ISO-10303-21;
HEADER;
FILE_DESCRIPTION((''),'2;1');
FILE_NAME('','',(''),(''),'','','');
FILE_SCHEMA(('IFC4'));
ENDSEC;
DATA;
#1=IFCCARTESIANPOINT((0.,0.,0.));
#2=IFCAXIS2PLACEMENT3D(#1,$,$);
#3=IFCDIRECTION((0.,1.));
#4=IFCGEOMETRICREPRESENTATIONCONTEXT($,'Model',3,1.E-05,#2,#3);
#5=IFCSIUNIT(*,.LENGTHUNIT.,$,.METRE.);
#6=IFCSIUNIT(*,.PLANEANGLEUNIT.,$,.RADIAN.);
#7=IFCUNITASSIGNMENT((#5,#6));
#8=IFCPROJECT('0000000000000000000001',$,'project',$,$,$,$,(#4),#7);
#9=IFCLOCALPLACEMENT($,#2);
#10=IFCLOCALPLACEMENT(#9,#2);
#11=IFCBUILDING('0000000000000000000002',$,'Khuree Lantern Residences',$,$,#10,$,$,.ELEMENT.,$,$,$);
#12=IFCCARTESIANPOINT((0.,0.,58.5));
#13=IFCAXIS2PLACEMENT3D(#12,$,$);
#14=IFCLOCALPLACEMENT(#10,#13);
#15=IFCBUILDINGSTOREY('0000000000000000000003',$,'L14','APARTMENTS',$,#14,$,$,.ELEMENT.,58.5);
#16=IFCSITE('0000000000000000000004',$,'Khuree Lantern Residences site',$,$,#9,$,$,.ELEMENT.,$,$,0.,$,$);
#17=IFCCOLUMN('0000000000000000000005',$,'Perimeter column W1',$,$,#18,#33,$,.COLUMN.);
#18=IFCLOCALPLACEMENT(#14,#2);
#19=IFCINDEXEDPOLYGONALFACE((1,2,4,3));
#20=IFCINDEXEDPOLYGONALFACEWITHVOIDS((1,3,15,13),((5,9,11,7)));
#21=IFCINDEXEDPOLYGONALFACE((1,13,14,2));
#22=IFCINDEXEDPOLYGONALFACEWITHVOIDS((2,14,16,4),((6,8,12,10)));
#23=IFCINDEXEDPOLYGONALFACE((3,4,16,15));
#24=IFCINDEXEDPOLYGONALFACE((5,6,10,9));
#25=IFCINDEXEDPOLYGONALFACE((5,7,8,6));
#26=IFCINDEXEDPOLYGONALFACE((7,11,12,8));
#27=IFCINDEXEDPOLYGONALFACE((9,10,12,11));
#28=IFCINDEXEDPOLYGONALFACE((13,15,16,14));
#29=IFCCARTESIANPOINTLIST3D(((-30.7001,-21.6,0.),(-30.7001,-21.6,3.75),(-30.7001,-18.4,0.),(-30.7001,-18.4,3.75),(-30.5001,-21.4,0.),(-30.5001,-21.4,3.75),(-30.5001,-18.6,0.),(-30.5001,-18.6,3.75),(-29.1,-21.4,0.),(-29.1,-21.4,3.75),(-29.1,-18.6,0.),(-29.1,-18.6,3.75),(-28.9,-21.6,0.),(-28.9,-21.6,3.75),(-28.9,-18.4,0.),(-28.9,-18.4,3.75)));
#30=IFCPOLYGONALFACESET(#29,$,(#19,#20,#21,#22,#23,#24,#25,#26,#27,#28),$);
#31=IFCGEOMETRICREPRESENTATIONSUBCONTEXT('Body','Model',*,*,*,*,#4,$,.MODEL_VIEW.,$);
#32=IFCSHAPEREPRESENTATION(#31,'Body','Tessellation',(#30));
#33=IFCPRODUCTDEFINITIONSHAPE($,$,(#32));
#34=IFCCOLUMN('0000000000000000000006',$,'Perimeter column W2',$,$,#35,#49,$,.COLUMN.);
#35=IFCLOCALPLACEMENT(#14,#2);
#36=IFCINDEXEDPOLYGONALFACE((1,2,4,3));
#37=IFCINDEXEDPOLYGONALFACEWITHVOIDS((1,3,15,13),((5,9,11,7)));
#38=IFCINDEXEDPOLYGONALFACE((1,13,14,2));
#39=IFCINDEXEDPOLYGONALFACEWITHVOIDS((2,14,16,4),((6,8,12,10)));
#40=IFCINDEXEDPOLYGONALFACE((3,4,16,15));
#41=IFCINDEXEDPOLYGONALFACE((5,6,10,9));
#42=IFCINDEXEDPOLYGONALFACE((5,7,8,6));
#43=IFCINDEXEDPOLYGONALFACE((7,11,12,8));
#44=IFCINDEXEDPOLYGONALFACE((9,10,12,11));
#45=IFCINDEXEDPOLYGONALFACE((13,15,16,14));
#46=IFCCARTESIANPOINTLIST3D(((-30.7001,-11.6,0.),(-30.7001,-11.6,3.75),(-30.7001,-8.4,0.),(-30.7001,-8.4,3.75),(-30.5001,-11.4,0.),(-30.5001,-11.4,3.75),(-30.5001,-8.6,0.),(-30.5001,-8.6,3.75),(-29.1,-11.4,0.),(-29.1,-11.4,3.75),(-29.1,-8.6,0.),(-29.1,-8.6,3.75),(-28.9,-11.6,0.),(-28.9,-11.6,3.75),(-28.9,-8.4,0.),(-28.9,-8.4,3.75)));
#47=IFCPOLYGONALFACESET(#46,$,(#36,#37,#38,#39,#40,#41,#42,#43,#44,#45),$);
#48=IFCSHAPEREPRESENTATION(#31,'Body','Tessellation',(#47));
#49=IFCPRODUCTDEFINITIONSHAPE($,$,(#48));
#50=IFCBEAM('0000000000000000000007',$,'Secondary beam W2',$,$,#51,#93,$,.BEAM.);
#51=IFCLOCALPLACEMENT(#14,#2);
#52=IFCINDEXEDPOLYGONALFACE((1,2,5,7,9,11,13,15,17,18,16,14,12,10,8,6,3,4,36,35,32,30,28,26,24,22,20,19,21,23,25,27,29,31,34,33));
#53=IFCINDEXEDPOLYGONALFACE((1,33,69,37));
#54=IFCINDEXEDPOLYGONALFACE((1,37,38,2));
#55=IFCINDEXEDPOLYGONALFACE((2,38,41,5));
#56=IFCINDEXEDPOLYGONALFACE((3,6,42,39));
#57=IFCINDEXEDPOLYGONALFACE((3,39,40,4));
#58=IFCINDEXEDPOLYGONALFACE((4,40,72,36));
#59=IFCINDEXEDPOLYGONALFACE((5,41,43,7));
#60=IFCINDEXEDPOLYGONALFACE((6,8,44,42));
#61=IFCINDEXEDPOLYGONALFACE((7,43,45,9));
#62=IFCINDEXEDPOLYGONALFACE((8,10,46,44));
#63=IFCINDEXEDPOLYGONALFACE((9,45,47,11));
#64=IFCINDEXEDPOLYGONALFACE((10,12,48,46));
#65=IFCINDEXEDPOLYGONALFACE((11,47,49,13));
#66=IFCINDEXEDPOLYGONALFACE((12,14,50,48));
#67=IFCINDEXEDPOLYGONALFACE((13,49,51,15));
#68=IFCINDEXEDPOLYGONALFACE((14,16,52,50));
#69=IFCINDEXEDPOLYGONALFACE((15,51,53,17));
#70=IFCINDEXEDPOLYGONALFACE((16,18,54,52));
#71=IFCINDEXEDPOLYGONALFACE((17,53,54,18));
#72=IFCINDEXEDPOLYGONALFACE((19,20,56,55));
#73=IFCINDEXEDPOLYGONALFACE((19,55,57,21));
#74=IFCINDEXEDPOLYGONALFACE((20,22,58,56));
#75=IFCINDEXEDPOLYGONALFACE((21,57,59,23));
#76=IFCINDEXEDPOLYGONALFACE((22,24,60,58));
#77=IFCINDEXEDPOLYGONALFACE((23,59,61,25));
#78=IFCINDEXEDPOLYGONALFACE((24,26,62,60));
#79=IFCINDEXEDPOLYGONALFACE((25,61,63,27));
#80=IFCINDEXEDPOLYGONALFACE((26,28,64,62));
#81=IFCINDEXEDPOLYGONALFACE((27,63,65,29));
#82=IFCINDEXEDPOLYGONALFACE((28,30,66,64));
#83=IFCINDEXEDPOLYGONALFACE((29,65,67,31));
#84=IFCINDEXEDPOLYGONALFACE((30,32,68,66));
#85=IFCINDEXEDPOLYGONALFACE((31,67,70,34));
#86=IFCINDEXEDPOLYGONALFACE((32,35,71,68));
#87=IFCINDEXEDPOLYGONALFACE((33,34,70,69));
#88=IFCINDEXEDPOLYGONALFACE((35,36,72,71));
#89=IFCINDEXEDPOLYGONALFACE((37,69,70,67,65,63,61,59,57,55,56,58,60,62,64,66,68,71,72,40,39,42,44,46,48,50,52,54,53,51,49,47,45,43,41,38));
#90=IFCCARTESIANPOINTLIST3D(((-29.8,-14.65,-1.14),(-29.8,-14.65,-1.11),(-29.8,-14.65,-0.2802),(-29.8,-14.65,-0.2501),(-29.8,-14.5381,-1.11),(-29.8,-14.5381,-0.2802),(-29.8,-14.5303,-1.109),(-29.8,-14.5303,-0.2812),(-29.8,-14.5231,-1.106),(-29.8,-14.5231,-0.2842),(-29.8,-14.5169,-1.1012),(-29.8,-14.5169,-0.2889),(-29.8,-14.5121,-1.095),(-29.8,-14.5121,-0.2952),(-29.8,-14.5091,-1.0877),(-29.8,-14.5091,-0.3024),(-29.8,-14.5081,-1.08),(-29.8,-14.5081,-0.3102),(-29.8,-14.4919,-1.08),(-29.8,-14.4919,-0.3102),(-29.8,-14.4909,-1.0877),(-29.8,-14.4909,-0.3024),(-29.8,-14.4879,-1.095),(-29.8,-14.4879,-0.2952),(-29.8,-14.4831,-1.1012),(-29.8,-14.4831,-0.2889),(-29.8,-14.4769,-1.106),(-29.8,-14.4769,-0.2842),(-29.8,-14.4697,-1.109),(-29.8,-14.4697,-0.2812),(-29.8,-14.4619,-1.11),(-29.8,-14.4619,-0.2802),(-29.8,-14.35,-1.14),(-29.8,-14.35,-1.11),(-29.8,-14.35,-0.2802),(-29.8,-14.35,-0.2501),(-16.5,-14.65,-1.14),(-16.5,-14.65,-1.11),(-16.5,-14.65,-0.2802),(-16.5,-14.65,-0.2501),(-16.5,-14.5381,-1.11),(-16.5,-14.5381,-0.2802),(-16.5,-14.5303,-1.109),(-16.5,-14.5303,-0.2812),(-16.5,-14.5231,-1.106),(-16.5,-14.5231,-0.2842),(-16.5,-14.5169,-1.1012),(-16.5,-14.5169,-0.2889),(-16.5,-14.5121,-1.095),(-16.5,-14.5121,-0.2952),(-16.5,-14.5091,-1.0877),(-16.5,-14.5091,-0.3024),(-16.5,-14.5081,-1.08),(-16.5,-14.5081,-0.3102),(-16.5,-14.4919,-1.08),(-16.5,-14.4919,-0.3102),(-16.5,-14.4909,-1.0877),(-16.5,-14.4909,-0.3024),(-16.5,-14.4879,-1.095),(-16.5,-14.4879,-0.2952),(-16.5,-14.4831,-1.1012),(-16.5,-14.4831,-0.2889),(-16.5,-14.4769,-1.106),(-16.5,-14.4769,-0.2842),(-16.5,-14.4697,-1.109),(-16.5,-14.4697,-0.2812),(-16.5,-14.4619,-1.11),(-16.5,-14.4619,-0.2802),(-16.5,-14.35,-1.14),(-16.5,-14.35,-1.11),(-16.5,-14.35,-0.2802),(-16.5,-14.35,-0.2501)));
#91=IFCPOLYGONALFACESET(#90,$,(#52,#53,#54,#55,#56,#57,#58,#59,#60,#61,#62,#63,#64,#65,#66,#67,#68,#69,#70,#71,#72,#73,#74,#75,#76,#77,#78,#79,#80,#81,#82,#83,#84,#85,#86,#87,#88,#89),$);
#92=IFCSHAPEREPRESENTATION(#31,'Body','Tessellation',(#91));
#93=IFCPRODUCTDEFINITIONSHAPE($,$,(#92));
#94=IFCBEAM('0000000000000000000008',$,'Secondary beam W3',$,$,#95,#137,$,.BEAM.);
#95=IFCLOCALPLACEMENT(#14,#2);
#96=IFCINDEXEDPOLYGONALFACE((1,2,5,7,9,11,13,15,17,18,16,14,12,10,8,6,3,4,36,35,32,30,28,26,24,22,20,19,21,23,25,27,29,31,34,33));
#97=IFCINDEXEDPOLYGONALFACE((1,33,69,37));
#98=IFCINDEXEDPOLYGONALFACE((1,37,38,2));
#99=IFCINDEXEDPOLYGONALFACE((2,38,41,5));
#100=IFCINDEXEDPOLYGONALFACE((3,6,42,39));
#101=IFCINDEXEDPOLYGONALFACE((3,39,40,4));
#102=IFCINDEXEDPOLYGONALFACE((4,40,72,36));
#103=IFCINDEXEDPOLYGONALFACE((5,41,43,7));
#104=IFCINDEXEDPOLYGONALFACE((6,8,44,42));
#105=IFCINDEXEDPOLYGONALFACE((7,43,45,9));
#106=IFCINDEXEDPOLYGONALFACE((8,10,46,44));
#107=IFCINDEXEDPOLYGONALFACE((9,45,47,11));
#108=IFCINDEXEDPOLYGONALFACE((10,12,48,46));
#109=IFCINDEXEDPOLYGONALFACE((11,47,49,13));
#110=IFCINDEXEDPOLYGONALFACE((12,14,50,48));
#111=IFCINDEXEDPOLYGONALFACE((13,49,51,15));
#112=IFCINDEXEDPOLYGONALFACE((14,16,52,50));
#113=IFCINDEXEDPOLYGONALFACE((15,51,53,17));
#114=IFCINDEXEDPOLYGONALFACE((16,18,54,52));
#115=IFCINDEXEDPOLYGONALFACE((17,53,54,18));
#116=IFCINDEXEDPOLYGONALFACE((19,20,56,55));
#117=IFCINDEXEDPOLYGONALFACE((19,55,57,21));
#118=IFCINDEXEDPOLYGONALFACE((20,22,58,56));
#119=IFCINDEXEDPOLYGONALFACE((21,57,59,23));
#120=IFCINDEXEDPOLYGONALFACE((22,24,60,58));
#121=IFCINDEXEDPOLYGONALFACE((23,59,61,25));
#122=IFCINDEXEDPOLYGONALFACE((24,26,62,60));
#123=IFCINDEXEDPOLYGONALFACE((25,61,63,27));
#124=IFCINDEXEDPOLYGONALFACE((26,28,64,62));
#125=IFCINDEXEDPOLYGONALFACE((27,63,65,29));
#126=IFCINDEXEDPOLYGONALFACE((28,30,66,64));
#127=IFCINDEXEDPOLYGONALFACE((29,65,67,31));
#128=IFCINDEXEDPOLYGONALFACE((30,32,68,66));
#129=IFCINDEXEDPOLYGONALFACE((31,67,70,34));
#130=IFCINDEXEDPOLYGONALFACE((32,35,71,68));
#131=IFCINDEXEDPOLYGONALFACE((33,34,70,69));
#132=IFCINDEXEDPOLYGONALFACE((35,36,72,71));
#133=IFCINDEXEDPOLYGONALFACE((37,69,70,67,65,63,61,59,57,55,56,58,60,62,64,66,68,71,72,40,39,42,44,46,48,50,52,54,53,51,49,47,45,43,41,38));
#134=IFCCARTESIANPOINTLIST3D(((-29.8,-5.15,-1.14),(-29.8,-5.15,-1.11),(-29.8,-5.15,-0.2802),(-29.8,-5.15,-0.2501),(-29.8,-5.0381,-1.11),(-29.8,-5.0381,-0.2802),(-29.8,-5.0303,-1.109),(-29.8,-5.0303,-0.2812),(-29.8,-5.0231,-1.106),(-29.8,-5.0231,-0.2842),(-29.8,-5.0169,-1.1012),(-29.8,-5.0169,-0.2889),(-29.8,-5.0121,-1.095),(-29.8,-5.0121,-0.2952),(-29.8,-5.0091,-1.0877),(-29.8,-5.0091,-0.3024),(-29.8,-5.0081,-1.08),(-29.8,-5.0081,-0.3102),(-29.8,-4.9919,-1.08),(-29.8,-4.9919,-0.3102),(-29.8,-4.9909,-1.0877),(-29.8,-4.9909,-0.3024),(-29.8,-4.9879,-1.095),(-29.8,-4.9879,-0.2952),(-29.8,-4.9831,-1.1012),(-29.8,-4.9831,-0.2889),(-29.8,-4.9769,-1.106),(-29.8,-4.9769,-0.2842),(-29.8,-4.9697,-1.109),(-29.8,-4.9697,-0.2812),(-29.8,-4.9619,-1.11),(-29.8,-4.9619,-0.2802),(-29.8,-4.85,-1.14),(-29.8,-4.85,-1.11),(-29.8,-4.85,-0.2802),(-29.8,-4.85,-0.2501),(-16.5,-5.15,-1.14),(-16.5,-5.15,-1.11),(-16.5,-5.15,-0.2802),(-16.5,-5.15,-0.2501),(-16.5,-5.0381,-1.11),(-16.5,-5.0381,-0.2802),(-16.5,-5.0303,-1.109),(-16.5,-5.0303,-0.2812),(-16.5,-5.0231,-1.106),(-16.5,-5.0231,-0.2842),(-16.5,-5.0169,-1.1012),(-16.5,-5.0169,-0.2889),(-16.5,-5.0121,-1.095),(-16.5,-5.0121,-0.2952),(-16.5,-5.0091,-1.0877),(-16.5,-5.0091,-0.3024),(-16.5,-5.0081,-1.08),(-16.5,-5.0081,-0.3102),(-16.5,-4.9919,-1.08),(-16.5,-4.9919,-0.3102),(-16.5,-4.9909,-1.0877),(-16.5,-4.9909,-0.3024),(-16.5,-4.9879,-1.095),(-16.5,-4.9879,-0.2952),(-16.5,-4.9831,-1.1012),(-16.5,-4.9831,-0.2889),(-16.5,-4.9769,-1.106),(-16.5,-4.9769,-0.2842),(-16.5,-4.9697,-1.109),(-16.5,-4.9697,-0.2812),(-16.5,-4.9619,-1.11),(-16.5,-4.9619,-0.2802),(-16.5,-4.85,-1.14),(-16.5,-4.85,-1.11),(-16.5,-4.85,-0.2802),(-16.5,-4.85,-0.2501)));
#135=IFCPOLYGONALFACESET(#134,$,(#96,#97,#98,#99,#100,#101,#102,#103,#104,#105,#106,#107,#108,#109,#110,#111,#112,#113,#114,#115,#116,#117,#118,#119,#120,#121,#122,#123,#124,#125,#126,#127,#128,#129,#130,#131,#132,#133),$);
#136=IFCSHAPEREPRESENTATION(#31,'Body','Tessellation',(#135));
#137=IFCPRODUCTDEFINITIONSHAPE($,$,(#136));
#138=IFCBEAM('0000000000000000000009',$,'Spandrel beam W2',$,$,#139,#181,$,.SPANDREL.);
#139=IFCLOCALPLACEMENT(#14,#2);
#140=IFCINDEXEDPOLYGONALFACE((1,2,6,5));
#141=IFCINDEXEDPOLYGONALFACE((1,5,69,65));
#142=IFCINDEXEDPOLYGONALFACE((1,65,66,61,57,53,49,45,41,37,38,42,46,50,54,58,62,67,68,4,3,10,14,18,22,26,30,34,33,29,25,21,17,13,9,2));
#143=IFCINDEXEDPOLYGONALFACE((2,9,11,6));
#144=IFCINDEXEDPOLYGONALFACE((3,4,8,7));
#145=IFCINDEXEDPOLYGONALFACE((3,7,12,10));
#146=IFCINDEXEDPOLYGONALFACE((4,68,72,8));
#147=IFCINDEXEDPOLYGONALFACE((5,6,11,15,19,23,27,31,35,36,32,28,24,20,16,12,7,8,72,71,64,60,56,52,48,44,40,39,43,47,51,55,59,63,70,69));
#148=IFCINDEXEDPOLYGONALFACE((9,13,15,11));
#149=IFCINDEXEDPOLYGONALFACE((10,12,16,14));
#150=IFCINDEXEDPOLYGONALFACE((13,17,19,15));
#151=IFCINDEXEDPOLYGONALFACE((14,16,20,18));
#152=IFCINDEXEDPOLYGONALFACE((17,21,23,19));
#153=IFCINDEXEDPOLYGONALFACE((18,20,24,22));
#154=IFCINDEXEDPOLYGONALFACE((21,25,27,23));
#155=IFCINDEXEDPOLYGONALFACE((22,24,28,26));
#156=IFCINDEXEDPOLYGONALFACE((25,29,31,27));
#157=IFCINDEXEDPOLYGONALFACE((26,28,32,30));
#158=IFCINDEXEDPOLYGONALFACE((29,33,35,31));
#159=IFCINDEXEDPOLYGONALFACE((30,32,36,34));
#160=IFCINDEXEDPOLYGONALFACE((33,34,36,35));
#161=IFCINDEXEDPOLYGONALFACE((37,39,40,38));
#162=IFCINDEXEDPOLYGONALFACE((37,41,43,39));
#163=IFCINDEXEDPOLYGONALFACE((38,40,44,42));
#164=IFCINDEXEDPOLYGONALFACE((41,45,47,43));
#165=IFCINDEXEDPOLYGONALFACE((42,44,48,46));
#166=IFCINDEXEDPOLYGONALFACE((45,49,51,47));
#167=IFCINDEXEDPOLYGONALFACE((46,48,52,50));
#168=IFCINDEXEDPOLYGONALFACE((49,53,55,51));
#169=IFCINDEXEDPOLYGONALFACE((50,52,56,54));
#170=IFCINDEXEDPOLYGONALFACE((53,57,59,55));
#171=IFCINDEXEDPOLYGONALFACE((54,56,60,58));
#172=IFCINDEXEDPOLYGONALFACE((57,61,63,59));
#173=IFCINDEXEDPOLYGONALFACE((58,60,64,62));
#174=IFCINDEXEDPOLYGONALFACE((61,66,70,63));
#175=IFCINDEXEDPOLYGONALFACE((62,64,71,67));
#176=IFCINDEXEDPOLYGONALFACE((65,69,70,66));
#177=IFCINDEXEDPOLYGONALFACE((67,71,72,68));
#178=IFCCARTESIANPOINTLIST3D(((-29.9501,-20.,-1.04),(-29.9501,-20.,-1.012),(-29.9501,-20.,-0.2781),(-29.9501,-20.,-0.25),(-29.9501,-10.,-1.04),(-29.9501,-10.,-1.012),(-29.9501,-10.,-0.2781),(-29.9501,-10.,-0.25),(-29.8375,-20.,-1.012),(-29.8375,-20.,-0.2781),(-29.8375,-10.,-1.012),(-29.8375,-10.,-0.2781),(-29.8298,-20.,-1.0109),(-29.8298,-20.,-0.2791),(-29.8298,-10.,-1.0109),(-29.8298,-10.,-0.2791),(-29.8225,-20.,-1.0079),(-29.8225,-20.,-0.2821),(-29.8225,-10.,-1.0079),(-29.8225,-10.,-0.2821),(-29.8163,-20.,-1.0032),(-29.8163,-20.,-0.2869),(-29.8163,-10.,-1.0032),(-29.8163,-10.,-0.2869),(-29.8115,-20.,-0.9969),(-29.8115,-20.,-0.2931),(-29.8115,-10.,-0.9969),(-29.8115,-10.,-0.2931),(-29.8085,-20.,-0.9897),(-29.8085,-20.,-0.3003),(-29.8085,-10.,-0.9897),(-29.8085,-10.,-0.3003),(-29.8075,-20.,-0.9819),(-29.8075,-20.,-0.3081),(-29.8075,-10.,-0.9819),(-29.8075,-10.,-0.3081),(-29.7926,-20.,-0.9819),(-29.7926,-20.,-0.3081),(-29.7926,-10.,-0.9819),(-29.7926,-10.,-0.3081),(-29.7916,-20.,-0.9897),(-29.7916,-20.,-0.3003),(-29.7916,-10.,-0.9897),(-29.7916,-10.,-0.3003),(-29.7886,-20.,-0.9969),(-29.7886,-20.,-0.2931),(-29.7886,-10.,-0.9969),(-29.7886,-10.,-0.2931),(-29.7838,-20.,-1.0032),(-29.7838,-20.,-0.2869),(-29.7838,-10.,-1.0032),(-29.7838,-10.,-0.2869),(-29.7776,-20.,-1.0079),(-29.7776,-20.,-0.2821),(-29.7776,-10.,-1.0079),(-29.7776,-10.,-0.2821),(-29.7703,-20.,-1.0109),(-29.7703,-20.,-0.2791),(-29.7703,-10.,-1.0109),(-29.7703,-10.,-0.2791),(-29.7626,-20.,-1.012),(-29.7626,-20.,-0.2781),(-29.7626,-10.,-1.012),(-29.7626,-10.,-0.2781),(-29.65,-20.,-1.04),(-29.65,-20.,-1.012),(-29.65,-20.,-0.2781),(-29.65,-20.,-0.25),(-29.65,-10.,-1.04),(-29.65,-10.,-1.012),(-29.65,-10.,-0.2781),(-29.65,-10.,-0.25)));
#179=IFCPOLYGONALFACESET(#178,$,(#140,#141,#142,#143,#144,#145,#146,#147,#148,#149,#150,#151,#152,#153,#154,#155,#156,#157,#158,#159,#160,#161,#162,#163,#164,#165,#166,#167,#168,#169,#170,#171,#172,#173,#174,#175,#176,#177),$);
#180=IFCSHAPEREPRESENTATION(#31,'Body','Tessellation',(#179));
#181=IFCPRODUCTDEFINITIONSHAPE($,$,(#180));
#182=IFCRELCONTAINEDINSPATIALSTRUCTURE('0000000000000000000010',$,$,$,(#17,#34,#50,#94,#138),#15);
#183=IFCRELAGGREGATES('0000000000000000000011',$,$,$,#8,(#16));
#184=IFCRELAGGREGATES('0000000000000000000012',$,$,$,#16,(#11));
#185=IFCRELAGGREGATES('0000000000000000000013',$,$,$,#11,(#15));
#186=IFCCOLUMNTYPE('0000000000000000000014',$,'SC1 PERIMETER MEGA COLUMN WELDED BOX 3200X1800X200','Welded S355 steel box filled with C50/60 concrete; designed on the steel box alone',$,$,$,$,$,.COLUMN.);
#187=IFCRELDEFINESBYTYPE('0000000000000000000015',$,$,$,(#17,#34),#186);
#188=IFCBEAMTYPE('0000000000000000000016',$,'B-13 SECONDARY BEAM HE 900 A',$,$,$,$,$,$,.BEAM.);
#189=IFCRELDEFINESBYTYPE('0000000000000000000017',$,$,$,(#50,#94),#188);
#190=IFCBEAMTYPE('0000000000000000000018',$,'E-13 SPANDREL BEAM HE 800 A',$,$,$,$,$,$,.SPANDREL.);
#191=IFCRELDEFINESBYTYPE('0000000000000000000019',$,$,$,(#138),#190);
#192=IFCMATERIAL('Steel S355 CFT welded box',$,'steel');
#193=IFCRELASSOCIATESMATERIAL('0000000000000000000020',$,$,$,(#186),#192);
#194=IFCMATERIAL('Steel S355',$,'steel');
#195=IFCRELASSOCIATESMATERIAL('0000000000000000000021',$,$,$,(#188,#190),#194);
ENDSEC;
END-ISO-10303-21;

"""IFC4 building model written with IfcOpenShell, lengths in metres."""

from ifc_helpers import new_model, si_unit, direction, frame, origin, origin_2d, place, context, subcontext, project, spatial, hollow_rectangle, i_section, extrude, material, material_profile, profile_set, type_object, element, save


model = new_model("IFC4")

# Units and contexts
model_context = context("Model", 3, precision=1e-05, world=origin(), true_north=direction((0.0, 1.0)))
body_context = subcontext(model_context, "Body", "Model", "MODEL_VIEW")
ifc_project = project(units=[si_unit("LENGTHUNIT", "METRE"), si_unit("PLANEANGLEUNIT", "RADIAN")], contexts=[model_context])

# Site, building, storey
site_placement = place(None, origin())
site = spatial("IfcSite", under=ifc_project, at=site_placement, Name="Khuree Lantern Residences site", CompositionType="ELEMENT", RefElevation=0.0)
building_placement = place(site_placement, origin())
building = spatial("IfcBuilding", under=site, at=building_placement, Name="Khuree Lantern Residences", CompositionType="ELEMENT")
storey_placement = place(building_placement, frame((0.0, 0.0, 58.5)))
storey = spatial("IfcBuildingStorey", under=building, at=storey_placement, Name="L14", Description="APARTMENTS", CompositionType="ELEMENT", Elevation=58.5)

# Columns
ifc_material_1 = material(Name="Steel S355 CFT welded box", Category="steel")
ifc_material_profile_1 = material_profile(ifc_material_1, hollow_rectangle(XDim=3.2, YDim=1.8, WallThickness=0.2, at=origin_2d()), Name="WELDED BOX 3200X1800X200")
ifc_profile_set_1 = profile_set([ifc_material_profile_1], Name="Steel S355 CFT welded box")
column_type = type_object("IfcColumnType", Name="SC1 PERIMETER MEGA COLUMN WELDED BOX 3200X1800X200", Description="Welded S355 steel box filled with C50/60 concrete; designed on the steel box alone", PredefinedType="COLUMN", material=ifc_profile_set_1)
for number, where, z_axis, x_axis, name in (
    (1, (-29.8, -20.0, 0.0), (0.0, 0.0, 1.0), (0.0, 1.0, 0.0), "Perimeter column W1"),
    (2, (-29.8, -10.0, 0.0), (0.0, 0.0, 1.0), (0.0, 1.0, 0.0), "Perimeter column W2"),
):
    element("IfcColumn", number, at=place(storey_placement, frame(where, z_axis=z_axis, x_axis=x_axis)), inside=storey, type_object=column_type, Name=name, PredefinedType="COLUMN", context=body_context, shape_type="SweptSolid", body=[
        extrude(hollow_rectangle(XDim=3.2, YDim=1.8, WallThickness=0.2, at=origin_2d()), origin(), (0.0, 0.0, 1.0), 3.75),
    ])

# Beams
ifc_material_2 = material(Name="Steel S355", Category="steel")
ifc_material_profile_2 = material_profile(ifc_material_2, i_section(OverallWidth=0.3, OverallDepth=0.8899, WebThickness=0.0161, FlangeThickness=0.03, FilletRadius=0.03, at=origin_2d()), Name="HE 900 A")
ifc_profile_set_2 = profile_set([ifc_material_profile_2], Name="Steel S355")
beam_type_1 = type_object("IfcBeamType", Name="B-13 SECONDARY BEAM HE 900 A", PredefinedType="BEAM", material=ifc_profile_set_2)
for number, where, z_axis, x_axis, name in (
    (3, (-29.8, -14.5, -0.6951), (1.0, 0.0, 0.0), (0.0, 1.0, 0.0), "Secondary beam W2"),
    (4, (-29.8, -5.0, -0.6951), (1.0, 0.0, 0.0), (0.0, 1.0, 0.0), "Secondary beam W3"),
):
    element("IfcBeam", number, at=place(storey_placement, frame(where, z_axis=z_axis, x_axis=x_axis)), inside=storey, type_object=beam_type_1, Name=name, PredefinedType="BEAM", context=body_context, shape_type="SweptSolid", body=[
        extrude(i_section(OverallWidth=0.3, OverallDepth=0.8899, WebThickness=0.0161, FlangeThickness=0.03, FilletRadius=0.03, at=origin_2d()), origin(), (0.0, 0.0, 1.0), 13.3),
    ])
ifc_material_profile_3 = material_profile(ifc_material_2, i_section(OverallWidth=0.3, OverallDepth=0.79, WebThickness=0.0149, FlangeThickness=0.0281, FilletRadius=0.03, at=origin_2d()), Name="HE 800 A")
ifc_profile_set_3 = profile_set([ifc_material_profile_3], Name="Steel S355")
beam_type_2 = type_object("IfcBeamType", Name="E-13 SPANDREL BEAM HE 800 A", PredefinedType="SPANDREL", material=ifc_profile_set_3)
for number, where, z_axis, x_axis, name in (
    (5, (-29.8, -20.0, -0.645), (0.0, 1.0, 0.0), (-1.0, 0.0, 0.0), "Spandrel beam W2"),
):
    element("IfcBeam", number, at=place(storey_placement, frame(where, z_axis=z_axis, x_axis=x_axis)), inside=storey, type_object=beam_type_2, Name=name, PredefinedType="SPANDREL", context=body_context, shape_type="SweptSolid", body=[
        extrude(i_section(OverallWidth=0.3, OverallDepth=0.79, WebThickness=0.0149, FlangeThickness=0.0281, FilletRadius=0.03, at=origin_2d()), origin(), (0.0, 0.0, 1.0), 10.0),
    ])

save(model, "model.ifc")
